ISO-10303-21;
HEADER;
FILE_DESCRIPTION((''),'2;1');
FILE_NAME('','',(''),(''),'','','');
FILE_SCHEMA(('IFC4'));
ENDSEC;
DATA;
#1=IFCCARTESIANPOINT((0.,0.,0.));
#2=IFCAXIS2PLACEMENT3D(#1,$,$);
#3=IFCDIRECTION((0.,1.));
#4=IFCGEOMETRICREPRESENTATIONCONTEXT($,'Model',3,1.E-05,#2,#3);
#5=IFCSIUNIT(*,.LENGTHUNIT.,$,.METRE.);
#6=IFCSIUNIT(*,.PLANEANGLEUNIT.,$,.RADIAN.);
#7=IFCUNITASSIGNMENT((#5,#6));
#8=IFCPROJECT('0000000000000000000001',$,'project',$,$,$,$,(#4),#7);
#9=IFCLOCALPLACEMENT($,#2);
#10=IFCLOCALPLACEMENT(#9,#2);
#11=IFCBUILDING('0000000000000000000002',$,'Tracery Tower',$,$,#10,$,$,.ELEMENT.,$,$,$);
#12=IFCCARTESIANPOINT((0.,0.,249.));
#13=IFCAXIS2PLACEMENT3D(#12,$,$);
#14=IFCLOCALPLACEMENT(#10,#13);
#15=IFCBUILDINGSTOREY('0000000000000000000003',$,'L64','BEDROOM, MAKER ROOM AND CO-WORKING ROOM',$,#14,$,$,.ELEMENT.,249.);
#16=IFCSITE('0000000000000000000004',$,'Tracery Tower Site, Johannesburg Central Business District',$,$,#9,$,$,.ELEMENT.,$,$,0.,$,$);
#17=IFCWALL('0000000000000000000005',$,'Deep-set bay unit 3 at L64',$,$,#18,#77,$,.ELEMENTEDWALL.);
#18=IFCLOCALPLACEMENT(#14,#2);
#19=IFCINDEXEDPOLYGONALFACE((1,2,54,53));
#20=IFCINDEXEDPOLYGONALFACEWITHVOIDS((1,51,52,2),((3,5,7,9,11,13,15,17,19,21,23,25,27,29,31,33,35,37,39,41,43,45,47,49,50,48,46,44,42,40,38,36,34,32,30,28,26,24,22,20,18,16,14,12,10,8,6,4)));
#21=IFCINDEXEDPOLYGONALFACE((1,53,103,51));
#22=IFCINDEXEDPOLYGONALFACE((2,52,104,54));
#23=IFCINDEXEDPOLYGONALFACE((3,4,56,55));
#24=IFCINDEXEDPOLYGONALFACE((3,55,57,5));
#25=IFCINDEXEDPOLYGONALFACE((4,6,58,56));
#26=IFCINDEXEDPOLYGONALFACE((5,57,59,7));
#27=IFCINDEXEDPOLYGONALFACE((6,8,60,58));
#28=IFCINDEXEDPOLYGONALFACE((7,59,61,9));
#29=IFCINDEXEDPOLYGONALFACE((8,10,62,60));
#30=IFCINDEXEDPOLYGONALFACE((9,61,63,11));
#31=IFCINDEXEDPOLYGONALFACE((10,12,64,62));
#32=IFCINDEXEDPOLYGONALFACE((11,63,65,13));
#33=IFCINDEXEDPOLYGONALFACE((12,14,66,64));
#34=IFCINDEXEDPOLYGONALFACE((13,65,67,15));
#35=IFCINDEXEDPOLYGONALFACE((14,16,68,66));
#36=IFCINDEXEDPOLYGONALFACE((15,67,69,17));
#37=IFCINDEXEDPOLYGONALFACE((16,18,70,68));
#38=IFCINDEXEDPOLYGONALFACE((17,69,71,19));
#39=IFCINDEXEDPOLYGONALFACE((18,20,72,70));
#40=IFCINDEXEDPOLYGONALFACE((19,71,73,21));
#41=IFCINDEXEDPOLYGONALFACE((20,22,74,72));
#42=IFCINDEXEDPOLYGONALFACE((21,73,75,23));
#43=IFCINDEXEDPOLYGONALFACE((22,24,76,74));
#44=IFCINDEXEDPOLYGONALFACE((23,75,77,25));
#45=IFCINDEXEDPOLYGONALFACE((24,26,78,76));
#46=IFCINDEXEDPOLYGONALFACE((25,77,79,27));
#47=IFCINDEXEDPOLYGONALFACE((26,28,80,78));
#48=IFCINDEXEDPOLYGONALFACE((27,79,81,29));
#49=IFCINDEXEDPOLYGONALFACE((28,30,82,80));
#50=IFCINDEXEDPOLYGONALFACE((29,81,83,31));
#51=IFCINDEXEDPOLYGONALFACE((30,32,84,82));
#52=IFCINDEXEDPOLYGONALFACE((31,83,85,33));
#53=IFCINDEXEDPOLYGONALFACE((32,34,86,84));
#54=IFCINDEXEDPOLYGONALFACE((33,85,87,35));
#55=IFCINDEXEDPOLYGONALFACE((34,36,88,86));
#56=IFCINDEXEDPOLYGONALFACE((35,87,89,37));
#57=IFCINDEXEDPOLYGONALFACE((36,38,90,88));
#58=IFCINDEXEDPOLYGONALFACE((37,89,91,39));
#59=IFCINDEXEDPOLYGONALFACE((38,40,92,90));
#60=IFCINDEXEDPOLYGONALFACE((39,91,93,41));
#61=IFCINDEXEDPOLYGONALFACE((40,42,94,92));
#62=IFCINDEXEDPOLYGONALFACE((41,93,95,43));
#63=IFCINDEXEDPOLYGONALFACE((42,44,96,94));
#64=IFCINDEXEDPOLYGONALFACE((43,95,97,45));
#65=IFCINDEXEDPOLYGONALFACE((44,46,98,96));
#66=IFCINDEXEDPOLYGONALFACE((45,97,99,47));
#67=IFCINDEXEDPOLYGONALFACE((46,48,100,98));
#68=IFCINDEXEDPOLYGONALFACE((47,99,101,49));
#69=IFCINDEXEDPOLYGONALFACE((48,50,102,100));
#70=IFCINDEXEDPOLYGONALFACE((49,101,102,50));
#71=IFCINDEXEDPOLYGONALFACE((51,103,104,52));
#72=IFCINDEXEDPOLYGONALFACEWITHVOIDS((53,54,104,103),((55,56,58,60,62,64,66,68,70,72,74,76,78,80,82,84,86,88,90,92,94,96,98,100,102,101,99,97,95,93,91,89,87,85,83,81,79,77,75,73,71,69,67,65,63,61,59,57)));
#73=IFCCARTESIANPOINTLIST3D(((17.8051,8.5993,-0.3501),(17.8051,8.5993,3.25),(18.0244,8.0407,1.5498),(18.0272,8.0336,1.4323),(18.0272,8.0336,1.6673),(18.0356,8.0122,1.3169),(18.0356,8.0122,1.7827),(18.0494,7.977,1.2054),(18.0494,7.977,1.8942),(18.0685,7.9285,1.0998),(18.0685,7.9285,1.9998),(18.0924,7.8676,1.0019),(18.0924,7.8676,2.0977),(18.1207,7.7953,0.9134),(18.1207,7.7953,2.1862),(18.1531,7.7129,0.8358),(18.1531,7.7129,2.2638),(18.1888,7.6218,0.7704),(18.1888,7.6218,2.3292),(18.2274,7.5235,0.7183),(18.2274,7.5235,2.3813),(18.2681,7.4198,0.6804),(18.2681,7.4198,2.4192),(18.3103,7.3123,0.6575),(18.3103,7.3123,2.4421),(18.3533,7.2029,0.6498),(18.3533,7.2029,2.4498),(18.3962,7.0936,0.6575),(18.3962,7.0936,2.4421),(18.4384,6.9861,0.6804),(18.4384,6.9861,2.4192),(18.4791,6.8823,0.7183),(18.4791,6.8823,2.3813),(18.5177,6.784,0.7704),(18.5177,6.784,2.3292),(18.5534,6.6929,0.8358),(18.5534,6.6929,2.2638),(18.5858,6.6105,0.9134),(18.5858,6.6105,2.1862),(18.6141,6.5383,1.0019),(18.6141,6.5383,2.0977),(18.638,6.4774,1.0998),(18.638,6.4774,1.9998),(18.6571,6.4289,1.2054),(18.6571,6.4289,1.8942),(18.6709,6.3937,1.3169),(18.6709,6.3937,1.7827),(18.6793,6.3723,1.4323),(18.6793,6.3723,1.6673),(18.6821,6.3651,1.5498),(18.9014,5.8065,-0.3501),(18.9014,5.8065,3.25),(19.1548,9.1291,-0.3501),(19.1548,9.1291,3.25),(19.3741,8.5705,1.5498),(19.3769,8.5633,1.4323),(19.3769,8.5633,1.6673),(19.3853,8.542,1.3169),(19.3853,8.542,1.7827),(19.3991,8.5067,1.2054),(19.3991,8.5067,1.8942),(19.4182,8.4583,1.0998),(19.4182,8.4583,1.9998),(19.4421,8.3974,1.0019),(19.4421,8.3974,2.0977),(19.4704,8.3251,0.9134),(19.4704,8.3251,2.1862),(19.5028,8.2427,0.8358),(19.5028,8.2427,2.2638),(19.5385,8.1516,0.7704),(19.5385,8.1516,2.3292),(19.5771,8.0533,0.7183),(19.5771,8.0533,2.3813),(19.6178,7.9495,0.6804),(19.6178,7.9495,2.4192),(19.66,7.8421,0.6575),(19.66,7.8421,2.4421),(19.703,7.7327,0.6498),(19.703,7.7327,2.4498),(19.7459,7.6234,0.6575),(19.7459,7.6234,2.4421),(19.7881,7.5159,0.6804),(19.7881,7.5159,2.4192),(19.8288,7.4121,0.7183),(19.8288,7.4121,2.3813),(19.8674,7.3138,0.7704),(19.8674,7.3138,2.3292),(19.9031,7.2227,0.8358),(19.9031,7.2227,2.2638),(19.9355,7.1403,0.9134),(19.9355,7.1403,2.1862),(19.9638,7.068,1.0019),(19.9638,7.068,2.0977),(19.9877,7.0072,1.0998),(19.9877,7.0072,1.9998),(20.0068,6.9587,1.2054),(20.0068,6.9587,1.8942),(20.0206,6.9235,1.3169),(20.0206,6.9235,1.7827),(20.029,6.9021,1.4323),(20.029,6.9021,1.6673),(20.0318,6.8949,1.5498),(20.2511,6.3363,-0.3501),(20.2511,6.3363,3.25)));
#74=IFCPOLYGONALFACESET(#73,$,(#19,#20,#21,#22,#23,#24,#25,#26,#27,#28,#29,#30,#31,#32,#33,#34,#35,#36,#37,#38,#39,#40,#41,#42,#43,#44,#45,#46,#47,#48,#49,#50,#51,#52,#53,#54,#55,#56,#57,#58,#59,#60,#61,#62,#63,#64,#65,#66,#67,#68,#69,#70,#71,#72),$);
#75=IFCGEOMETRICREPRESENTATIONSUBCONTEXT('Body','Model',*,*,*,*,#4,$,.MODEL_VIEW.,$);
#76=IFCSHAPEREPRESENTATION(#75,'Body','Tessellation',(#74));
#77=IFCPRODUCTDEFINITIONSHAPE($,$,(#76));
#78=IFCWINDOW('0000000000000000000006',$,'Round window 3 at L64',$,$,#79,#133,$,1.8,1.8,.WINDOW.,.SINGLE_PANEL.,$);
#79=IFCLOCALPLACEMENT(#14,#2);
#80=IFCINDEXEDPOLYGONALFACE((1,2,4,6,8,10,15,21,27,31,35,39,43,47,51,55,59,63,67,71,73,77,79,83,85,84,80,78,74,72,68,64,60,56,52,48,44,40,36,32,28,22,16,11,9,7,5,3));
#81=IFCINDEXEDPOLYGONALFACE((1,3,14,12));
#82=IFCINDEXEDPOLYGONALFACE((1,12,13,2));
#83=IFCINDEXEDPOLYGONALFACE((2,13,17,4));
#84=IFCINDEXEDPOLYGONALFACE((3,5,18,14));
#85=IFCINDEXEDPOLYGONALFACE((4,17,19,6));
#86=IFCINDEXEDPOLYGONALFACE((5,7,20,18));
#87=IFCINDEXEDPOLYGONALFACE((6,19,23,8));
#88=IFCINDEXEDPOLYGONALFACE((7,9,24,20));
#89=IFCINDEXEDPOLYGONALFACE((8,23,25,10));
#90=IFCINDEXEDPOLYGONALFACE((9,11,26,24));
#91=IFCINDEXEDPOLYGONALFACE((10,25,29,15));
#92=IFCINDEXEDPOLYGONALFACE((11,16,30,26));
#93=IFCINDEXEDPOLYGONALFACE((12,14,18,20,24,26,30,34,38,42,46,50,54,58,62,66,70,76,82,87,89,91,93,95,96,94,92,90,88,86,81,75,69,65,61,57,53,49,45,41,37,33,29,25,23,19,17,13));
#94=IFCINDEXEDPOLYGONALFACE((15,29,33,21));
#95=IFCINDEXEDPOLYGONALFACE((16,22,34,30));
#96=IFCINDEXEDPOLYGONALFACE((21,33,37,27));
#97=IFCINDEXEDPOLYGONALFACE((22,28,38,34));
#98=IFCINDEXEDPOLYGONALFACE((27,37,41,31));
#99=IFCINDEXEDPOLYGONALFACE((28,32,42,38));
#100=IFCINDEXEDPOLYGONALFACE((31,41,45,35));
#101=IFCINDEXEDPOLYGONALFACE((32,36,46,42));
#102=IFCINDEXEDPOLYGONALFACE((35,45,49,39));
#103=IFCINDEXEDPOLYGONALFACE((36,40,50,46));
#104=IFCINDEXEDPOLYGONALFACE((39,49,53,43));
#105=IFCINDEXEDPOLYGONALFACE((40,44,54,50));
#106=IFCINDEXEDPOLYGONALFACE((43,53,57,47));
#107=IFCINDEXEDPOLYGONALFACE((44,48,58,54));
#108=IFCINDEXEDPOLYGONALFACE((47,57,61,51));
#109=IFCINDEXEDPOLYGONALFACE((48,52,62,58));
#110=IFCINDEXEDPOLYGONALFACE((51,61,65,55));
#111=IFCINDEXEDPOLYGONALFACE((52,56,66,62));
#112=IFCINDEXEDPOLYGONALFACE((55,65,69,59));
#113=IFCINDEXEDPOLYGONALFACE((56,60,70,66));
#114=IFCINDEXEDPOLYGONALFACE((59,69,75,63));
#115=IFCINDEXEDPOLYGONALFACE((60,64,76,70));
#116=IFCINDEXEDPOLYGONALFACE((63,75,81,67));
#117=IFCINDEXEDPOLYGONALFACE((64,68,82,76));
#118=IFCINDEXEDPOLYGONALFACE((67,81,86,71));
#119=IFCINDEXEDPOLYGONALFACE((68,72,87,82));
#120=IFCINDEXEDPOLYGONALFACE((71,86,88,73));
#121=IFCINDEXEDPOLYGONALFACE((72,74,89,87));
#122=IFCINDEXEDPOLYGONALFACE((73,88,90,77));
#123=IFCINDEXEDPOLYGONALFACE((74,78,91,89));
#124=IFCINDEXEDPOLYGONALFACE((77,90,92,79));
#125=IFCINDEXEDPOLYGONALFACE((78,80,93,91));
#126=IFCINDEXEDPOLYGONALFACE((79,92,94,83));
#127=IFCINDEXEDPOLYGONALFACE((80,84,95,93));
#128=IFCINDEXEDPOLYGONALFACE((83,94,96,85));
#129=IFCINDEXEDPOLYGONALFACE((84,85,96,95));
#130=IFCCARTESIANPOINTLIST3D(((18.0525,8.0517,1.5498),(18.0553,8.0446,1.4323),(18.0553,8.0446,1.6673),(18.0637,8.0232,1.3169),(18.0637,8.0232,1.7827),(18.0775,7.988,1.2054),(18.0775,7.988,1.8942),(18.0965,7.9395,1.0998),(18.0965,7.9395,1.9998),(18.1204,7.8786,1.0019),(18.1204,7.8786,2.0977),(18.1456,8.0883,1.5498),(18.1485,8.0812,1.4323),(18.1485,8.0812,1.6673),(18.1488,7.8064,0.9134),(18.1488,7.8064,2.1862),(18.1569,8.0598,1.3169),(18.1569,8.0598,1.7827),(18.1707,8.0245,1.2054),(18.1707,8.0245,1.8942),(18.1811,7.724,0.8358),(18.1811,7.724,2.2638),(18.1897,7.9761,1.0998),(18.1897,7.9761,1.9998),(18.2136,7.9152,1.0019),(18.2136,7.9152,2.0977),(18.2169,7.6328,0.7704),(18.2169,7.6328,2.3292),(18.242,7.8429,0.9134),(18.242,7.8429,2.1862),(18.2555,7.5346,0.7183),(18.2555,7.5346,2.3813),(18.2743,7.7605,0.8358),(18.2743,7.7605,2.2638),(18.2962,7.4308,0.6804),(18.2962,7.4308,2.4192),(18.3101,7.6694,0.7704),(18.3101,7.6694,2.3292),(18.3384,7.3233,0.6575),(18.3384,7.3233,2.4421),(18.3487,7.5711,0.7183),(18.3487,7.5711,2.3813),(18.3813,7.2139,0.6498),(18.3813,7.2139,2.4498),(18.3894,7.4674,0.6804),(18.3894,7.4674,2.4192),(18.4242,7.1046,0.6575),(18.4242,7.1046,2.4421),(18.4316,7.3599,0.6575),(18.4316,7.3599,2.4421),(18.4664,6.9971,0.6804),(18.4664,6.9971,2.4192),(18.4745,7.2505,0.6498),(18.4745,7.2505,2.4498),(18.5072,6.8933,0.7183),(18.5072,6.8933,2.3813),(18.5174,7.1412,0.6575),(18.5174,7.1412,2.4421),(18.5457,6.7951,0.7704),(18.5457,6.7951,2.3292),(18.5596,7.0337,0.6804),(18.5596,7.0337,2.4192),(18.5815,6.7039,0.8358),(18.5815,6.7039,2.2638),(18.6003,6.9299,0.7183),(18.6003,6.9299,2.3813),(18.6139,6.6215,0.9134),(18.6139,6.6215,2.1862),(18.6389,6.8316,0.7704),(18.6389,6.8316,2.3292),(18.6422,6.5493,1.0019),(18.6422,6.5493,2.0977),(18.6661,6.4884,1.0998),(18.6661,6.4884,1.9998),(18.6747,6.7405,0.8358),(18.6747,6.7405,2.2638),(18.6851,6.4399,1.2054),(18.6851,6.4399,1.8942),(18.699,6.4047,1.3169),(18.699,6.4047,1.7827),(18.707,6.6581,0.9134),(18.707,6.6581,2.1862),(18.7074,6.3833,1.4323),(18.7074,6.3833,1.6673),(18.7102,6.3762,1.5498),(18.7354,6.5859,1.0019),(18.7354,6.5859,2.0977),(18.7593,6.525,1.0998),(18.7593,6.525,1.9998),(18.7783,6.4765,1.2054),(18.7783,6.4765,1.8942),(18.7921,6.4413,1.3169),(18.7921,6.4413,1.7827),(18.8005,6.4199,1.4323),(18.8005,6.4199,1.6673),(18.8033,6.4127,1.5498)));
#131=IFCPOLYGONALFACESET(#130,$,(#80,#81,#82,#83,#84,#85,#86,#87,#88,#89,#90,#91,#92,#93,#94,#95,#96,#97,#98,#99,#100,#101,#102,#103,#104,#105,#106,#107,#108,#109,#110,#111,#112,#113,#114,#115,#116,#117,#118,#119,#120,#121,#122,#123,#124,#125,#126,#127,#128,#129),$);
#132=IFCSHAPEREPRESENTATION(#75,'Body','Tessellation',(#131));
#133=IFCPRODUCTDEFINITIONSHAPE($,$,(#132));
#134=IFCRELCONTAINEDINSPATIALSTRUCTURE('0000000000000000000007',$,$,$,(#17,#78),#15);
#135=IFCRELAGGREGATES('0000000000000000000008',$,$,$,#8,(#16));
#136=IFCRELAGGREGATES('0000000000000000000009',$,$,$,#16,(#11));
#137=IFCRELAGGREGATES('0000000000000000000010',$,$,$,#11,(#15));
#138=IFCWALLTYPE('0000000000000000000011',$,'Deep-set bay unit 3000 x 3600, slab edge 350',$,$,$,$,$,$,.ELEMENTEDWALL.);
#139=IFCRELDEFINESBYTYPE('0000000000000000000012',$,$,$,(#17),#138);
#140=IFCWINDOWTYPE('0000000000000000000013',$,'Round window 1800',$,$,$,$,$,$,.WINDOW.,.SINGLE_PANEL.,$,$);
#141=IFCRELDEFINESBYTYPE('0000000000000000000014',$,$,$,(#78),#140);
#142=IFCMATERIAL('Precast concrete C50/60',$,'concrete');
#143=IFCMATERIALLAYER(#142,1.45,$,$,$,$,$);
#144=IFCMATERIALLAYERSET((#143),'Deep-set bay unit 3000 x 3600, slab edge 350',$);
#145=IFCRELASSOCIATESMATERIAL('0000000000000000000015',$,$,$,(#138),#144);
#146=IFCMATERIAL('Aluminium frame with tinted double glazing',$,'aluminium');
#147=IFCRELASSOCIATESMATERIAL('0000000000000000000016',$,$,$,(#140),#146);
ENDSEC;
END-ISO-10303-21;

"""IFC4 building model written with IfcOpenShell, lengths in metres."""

from ifc_helpers import new_model, si_unit, direction, frame, frame_2d, origin, origin_2d, place, context, subcontext, project, spatial, rectangle, circle, extrude, material, layer, layer_set, type_object, element, fill, save


model = new_model("IFC4")

# Units and contexts
model_context = context("Model", 3, precision=1e-05, world=origin(), true_north=direction((0.0, 1.0)))
body_context = subcontext(model_context, "Body", "Model", "MODEL_VIEW")
ifc_project = project(units=[si_unit("LENGTHUNIT", "METRE"), si_unit("PLANEANGLEUNIT", "RADIAN")], contexts=[model_context])

# Site, building, storey
site_placement = place(None, origin())
site = spatial("IfcSite", under=ifc_project, at=site_placement, Name="Tracery Tower Site, Johannesburg Central Business District", CompositionType="ELEMENT", RefElevation=0.0)
building_placement = place(site_placement, origin())
building = spatial("IfcBuilding", under=site, at=building_placement, Name="Tracery Tower", CompositionType="ELEMENT")
storey_placement = place(building_placement, frame((0.0, 0.0, 249.0)))
storey = spatial("IfcBuildingStorey", under=building, at=storey_placement, Name="L64", Description="BEDROOM, MAKER ROOM AND CO-WORKING ROOM", CompositionType="ELEMENT", Elevation=249.0)

# Wall, opening, window
ifc_material_1 = material(Name="Precast concrete C50/60", Category="concrete")
ifc_layer_1 = layer(ifc_material_1, 1.45)
ifc_layer_set_1 = layer_set([ifc_layer_1], Name="Deep-set bay unit 3000 x 3600, slab edge 350")
wall_type_1 = type_object("IfcWallType", Name="Deep-set bay unit 3000 x 3600, slab edge 350", PredefinedType="ELEMENTEDWALL", material=ifc_layer_set_1)
wall_1_placement = place(storey_placement, frame((19.5762, 6.0715, -0.3501), z_axis=(0.0, 0.0, 1.0), x_axis=(-0.365378, 0.930859, 0.0)))
wall_1 = element("IfcWall", 1, at=wall_1_placement, inside=storey, type_object=wall_type_1, Name="Deep-set bay unit 3 at L64", PredefinedType="ELEMENTEDWALL", context=body_context, shape_type="SweptSolid", body=[
    extrude(rectangle(XDim=3.0002, YDim=1.45, at=frame_2d((1.5, 0.0))), origin(), (0.0, 0.0, 1.0), 3.6001),
])
opening_1_placement = place(wall_1_placement, frame((1.5, 0.0, 1.8999)))
opening_1 = element("IfcOpeningElement", 2, at=opening_1_placement, cuts=wall_1, PredefinedType="OPENING", context=body_context, shape_type="SweptSolid", body=[
    extrude(circle(Radius=0.9, at=origin_2d()), frame((0.0, 0.7349, 0.0), z_axis=(0.0, -1.0, 0.0), x_axis=(1.0, 0.0, 0.0)), (0.0, 0.0, 1.0), 1.47),
])
ifc_material_2 = material(Name="Aluminium frame with tinted double glazing", Category="aluminium")
window_type = type_object("IfcWindowType", Name="Round window 1800", PartitioningType="SINGLE_PANEL", PredefinedType="WINDOW", material=ifc_material_2)
window_1_placement = place(opening_1_placement, origin())
window_1 = element("IfcWindow", 3, at=window_1_placement, inside=storey, type_object=window_type, Name="Round window 3 at L64", OverallHeight=1.8, OverallWidth=1.8, PartitioningType="SINGLE_PANEL", PredefinedType="WINDOW", context=body_context, shape_type="SweptSolid", body=[
    extrude(circle(Radius=0.9, at=origin_2d()), frame((0.0, 0.6948, 0.0), z_axis=(0.0, -1.0, 0.0), x_axis=(1.0, 0.0, 0.0)), (0.0, 0.0, 1.0), 0.1001),
])
fill(opening_1, window_1)

save(model, "model.ifc")
